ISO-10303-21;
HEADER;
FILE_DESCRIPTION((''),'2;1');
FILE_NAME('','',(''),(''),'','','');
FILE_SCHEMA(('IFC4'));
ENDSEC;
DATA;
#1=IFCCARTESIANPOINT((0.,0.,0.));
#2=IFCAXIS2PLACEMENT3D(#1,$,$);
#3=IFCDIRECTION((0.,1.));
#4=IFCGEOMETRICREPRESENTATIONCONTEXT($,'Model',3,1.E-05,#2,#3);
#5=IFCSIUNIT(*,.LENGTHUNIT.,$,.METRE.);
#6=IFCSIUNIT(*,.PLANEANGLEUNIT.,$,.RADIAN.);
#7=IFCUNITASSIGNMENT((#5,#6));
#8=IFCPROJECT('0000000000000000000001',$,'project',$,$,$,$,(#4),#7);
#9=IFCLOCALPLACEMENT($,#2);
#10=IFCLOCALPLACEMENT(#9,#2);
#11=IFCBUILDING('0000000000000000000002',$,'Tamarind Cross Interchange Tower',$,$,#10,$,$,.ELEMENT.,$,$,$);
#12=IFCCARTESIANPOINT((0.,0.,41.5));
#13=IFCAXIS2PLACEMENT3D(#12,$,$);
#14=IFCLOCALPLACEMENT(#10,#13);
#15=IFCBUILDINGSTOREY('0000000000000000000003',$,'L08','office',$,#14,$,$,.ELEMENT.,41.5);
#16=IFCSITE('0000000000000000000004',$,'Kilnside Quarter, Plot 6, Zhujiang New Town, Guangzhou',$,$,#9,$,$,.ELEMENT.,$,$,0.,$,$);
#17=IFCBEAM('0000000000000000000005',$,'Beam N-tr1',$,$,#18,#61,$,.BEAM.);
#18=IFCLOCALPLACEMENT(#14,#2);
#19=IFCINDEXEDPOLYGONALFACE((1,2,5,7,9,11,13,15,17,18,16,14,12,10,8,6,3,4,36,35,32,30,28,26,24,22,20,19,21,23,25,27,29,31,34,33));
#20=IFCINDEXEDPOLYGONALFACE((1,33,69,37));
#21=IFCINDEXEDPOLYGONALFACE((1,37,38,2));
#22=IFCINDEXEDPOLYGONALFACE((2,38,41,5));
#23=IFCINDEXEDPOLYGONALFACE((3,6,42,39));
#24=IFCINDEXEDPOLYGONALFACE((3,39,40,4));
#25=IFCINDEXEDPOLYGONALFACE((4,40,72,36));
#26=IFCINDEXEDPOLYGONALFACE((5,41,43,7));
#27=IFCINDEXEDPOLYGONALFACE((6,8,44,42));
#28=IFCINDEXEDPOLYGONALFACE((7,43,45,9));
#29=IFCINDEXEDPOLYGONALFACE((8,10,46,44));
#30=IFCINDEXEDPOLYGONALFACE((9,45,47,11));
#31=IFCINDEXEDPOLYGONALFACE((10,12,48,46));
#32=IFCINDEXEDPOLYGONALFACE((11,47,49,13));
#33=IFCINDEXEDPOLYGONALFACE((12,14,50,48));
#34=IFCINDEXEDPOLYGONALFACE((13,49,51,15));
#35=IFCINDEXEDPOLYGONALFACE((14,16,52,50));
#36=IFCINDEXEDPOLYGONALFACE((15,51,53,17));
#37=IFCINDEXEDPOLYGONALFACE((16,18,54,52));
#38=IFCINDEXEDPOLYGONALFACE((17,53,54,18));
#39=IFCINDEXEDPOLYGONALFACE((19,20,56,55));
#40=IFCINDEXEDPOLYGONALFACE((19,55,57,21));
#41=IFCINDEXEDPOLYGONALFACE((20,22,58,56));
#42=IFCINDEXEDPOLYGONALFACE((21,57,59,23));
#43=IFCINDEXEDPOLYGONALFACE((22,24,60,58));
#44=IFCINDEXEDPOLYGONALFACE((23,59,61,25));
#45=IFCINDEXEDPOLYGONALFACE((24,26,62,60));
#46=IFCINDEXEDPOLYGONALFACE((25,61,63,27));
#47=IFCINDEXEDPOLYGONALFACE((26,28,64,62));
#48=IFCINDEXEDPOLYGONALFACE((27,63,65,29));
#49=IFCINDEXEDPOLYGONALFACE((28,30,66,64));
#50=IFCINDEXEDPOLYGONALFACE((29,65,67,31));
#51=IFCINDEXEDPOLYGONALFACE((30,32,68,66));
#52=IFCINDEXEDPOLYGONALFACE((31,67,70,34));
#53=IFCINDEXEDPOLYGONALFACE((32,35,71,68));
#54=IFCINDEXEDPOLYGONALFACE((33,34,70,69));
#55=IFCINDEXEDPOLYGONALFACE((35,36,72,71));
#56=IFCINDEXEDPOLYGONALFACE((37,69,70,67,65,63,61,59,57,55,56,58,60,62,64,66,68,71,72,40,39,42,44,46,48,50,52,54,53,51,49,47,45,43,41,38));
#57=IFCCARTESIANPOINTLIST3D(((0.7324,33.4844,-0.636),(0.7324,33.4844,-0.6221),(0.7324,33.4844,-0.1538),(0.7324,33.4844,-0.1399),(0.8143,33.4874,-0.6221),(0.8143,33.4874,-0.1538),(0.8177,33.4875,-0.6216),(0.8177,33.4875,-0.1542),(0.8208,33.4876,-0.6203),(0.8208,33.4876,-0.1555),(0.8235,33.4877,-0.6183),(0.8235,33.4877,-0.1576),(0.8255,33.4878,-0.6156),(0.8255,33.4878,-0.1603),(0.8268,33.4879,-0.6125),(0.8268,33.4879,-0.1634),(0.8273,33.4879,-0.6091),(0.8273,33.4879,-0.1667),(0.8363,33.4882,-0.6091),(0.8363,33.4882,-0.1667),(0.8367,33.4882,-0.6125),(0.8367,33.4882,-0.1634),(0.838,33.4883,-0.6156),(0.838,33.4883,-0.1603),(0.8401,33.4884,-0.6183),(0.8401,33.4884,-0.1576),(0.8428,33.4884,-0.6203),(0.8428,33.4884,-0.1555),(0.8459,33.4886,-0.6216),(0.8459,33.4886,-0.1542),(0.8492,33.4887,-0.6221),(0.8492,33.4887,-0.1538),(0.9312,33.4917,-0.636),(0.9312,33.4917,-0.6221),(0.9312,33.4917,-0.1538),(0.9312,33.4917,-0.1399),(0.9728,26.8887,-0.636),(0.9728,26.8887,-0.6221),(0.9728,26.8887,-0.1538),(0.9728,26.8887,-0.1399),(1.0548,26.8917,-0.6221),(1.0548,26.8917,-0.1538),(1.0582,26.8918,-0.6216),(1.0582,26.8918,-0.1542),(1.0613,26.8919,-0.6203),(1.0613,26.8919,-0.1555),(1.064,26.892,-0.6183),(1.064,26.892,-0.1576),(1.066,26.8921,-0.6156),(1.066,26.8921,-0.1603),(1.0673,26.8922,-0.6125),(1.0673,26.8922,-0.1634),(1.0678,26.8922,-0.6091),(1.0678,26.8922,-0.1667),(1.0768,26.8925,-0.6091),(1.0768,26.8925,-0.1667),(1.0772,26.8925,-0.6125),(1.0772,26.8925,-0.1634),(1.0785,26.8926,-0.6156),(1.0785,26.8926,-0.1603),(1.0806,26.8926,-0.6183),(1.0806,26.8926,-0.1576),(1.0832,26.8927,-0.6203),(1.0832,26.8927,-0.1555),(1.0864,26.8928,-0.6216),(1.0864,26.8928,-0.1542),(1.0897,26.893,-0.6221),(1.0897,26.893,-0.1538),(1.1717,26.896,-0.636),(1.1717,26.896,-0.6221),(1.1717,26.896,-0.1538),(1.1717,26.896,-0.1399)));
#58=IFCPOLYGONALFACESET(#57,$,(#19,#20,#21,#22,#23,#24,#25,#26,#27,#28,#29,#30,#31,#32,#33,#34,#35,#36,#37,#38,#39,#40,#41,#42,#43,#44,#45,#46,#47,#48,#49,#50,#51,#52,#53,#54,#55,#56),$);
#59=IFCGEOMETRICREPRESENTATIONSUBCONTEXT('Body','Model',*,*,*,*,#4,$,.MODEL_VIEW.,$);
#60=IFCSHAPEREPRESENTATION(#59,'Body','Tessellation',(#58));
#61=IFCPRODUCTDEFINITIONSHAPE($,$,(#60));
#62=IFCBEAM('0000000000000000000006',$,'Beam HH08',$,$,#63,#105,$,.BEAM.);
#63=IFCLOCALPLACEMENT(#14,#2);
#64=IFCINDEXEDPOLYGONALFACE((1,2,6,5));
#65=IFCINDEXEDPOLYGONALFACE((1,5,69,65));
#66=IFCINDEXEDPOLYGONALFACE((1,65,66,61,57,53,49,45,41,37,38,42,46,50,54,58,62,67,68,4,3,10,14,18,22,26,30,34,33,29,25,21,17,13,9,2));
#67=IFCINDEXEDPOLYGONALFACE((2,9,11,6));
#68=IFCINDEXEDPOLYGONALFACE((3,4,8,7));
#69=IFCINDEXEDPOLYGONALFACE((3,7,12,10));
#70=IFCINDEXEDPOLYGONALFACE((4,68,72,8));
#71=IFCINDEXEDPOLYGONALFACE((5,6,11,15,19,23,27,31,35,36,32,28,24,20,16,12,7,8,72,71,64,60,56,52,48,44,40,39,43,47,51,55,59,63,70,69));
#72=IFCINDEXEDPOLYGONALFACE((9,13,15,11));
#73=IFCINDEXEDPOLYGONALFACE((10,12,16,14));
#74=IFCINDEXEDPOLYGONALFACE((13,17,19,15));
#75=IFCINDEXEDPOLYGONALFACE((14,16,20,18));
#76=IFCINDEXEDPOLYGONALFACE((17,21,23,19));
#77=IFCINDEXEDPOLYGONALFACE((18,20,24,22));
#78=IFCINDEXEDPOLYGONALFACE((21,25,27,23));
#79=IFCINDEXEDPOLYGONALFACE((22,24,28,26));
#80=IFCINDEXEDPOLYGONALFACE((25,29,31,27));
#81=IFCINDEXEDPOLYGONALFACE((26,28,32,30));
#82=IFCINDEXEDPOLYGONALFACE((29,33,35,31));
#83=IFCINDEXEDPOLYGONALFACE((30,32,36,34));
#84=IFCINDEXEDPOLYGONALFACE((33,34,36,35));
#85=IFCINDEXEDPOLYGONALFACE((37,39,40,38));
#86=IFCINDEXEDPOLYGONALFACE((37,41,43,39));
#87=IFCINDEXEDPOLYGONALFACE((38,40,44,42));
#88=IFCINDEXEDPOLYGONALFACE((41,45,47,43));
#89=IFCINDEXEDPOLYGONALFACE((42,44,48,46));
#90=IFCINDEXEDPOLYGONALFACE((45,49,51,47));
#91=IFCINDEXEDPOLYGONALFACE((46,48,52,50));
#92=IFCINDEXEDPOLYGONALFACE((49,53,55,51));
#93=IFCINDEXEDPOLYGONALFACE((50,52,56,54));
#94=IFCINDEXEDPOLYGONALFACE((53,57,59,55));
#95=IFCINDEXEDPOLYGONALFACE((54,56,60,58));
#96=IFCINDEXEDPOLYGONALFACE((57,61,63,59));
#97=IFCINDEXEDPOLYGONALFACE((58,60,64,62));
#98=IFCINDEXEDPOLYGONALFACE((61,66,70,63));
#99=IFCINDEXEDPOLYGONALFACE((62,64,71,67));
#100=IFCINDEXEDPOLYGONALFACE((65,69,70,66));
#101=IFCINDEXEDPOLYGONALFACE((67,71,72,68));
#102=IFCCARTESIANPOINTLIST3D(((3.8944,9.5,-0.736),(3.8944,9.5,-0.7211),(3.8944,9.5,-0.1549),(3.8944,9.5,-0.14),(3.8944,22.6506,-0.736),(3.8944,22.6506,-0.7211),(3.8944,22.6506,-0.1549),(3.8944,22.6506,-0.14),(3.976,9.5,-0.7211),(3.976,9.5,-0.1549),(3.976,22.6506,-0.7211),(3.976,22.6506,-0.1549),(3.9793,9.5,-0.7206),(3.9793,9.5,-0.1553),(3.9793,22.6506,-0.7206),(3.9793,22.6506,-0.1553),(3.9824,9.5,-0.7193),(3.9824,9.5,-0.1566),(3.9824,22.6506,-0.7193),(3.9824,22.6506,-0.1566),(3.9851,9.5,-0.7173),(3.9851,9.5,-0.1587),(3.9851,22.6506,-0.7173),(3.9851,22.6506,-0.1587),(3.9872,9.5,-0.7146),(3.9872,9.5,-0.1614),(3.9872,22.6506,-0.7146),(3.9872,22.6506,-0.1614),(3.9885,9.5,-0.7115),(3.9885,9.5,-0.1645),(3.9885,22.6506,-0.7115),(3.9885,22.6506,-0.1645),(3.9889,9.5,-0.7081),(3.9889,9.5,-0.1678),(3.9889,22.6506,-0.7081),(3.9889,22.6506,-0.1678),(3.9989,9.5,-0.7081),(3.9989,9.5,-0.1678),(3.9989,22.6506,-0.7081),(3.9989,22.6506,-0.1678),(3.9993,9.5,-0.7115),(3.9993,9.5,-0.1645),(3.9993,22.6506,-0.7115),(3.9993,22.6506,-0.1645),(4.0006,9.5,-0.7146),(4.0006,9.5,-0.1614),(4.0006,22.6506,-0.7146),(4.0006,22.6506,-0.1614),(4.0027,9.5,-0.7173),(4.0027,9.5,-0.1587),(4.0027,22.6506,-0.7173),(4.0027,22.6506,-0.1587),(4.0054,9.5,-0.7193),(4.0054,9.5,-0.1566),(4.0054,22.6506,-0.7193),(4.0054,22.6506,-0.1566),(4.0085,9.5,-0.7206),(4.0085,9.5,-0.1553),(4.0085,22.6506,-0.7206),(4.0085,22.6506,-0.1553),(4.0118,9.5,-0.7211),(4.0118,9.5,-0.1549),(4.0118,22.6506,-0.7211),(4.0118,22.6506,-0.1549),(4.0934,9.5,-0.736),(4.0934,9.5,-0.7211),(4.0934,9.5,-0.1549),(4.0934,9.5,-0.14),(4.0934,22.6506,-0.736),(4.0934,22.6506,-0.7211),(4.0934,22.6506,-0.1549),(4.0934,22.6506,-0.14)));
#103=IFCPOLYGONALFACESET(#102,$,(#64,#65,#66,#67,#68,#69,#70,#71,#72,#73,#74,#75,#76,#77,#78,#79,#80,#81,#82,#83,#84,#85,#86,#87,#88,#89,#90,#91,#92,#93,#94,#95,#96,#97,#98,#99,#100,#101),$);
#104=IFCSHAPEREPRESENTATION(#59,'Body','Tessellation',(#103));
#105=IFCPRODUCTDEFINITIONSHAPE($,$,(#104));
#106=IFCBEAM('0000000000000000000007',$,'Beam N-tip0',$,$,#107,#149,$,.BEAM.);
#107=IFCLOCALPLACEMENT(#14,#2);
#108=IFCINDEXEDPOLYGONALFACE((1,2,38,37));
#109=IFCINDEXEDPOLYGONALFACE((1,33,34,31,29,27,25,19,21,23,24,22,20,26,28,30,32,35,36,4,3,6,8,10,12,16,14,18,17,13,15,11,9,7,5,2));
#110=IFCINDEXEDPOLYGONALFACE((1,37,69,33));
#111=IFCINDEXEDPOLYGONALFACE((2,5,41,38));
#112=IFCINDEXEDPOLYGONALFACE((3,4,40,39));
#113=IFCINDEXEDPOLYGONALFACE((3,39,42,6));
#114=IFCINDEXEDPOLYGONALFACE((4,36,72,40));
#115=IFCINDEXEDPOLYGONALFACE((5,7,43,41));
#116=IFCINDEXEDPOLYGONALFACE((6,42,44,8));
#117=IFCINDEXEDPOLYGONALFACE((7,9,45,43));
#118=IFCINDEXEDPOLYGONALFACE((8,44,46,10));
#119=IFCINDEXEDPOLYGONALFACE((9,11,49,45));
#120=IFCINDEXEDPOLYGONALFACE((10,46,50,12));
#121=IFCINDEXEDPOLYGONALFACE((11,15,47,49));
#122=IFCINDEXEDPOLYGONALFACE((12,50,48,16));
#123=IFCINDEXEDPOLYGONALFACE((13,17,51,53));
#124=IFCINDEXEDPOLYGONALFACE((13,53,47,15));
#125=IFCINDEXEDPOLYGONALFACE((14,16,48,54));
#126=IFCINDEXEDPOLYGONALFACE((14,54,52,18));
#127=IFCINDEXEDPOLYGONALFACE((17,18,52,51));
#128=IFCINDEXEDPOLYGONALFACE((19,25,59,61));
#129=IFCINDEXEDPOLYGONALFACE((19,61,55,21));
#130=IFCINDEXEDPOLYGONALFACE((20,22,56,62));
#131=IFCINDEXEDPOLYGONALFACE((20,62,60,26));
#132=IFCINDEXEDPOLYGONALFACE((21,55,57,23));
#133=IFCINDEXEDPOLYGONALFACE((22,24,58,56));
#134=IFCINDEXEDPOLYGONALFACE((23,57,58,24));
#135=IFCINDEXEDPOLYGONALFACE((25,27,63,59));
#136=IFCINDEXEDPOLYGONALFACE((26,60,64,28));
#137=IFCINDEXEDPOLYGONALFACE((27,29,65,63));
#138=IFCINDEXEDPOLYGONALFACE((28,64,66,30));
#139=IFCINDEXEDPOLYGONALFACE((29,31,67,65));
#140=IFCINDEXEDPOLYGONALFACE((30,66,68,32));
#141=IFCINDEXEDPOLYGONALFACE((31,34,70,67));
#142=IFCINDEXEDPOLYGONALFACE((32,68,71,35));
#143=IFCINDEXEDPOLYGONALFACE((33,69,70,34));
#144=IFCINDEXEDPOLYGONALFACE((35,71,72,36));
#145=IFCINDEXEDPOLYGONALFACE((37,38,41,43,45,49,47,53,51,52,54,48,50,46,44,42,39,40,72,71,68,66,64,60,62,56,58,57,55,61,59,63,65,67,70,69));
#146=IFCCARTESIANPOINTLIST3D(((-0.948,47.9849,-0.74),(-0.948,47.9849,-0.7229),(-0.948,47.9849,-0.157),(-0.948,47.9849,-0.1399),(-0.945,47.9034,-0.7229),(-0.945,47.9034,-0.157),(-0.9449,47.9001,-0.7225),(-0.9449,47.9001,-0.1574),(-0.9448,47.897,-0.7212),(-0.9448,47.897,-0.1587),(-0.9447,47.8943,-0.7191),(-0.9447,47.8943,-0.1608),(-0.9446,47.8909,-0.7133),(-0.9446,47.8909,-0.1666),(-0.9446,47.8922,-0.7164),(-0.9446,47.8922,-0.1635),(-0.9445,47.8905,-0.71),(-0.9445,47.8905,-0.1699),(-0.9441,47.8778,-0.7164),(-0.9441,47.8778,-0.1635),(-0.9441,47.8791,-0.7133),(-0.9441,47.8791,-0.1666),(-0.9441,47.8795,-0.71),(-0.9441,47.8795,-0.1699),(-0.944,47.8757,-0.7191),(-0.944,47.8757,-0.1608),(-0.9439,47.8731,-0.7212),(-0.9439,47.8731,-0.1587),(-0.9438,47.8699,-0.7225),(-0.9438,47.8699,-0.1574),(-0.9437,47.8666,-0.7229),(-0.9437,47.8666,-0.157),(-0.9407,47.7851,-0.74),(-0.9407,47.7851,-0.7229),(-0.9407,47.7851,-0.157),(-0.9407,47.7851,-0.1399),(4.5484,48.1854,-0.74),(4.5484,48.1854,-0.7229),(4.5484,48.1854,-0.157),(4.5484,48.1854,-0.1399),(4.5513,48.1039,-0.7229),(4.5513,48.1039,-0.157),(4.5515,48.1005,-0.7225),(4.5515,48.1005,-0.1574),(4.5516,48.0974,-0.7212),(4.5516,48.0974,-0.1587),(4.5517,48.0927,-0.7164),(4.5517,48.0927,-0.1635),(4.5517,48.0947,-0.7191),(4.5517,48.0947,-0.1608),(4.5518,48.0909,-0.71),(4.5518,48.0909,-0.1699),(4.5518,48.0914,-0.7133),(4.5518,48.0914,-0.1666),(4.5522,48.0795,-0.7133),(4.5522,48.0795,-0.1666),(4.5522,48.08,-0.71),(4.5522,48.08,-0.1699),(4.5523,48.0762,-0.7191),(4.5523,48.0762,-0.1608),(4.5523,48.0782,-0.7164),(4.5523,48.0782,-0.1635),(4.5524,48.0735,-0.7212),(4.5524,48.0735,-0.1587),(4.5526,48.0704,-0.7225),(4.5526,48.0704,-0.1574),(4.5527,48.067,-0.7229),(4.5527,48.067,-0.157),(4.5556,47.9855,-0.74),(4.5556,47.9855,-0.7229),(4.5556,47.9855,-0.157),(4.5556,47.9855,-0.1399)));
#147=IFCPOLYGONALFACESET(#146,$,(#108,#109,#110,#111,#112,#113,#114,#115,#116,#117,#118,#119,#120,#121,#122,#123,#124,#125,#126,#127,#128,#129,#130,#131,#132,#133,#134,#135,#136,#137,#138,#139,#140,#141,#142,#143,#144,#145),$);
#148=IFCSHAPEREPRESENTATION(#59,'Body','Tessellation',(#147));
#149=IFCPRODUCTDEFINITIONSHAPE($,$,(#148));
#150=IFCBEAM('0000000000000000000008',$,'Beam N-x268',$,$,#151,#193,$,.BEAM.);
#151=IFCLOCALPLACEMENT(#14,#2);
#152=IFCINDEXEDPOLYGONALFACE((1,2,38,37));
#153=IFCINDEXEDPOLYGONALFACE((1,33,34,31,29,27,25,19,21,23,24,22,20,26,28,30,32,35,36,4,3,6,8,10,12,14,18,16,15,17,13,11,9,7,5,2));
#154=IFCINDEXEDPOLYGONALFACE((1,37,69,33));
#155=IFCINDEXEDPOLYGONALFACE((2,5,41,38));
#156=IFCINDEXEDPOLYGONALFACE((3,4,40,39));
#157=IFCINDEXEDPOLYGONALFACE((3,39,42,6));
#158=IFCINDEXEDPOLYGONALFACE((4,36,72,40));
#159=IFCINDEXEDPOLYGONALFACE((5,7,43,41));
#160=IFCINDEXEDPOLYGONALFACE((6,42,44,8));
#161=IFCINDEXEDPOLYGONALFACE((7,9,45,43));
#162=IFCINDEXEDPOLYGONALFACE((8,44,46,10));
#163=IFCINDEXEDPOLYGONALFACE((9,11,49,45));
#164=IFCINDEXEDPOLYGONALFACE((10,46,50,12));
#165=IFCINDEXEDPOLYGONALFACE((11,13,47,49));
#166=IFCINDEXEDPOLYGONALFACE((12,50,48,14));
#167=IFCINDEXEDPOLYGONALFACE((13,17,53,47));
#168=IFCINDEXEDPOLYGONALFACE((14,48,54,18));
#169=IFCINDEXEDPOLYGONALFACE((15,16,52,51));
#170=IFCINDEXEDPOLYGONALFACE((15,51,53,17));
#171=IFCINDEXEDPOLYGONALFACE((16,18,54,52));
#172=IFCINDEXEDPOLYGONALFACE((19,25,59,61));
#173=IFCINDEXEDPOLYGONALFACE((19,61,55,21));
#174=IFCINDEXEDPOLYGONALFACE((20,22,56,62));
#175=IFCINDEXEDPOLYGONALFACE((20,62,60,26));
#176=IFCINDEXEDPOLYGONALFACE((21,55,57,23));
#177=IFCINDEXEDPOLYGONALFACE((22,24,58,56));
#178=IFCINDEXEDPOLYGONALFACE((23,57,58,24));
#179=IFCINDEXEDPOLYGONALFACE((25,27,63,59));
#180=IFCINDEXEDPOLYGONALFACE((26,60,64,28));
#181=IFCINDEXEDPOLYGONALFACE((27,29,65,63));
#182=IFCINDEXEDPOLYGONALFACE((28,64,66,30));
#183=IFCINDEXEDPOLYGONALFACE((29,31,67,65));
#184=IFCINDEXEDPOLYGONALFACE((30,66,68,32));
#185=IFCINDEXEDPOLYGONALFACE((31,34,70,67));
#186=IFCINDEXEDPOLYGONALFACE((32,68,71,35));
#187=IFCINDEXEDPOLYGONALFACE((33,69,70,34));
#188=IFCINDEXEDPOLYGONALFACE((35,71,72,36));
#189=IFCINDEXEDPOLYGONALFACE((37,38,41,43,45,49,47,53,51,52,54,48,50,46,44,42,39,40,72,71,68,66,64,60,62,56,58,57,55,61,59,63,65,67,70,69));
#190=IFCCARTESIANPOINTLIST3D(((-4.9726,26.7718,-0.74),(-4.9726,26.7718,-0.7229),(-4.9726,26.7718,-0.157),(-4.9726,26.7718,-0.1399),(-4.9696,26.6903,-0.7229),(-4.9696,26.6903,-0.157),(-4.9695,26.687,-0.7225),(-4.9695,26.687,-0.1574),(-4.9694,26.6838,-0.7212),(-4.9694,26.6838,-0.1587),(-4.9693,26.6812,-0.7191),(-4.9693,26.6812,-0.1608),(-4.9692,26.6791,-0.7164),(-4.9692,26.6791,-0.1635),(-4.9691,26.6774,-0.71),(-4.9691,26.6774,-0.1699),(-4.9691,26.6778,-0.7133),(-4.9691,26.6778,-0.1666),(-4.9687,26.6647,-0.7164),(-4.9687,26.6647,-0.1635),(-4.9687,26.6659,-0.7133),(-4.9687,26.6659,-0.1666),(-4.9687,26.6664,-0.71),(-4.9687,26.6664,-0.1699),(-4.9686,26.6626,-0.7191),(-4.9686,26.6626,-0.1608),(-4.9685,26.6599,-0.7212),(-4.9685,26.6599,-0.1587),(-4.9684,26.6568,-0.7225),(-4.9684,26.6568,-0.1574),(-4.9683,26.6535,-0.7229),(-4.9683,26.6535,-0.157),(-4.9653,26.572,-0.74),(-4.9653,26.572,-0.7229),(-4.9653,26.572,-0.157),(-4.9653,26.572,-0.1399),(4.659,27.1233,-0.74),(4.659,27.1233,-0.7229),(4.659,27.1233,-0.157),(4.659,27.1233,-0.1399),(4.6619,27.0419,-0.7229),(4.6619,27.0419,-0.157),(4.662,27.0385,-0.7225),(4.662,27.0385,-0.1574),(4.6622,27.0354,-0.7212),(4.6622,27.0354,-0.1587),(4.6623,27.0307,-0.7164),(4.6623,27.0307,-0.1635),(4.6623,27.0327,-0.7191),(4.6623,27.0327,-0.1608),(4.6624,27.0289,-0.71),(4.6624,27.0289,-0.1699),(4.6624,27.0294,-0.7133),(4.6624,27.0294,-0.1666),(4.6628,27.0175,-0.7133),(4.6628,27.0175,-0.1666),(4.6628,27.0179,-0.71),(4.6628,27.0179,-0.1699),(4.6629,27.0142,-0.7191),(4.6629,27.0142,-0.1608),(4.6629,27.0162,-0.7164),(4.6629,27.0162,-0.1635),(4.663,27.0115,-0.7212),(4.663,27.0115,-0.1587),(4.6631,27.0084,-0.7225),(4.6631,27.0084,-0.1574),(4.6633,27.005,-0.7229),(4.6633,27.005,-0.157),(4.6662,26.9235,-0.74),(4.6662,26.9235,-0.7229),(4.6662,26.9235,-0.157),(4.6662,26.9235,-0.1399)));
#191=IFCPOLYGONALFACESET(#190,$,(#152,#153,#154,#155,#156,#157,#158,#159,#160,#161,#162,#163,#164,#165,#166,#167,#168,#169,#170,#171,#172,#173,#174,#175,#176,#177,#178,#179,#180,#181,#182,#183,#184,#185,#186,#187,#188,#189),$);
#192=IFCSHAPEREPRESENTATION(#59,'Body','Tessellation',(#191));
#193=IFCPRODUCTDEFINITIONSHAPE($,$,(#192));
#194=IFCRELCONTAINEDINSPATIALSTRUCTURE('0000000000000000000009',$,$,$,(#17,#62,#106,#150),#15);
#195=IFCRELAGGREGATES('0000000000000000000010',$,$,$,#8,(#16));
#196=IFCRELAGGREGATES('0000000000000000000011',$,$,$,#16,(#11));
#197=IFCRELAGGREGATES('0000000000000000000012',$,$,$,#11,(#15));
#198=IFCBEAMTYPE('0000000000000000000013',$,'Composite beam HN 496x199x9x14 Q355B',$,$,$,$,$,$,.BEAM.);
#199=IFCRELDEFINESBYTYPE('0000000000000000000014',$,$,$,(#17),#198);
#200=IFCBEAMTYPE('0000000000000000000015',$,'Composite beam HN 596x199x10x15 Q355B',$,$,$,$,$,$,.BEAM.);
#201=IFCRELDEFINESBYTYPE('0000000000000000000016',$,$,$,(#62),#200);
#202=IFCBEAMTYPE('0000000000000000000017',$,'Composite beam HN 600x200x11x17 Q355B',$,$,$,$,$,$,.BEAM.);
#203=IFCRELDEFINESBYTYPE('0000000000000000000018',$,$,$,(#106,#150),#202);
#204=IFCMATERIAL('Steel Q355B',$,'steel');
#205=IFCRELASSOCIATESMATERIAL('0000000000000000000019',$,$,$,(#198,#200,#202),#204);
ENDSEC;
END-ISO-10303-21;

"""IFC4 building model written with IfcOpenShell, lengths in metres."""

from ifc_helpers import new_model, si_unit, direction, frame, origin, origin_2d, place, context, subcontext, project, spatial, i_section, extrude, material, material_profile, profile_set, type_object, element, save


model = new_model("IFC4")

# Units and contexts
model_context = context("Model", 3, precision=1e-05, world=origin(), true_north=direction((0.0, 1.0)))
body_context = subcontext(model_context, "Body", "Model", "MODEL_VIEW")
ifc_project = project(units=[si_unit("LENGTHUNIT", "METRE"), si_unit("PLANEANGLEUNIT", "RADIAN")], contexts=[model_context])

# Site, building, storey
site_placement = place(None, origin())
site = spatial("IfcSite", under=ifc_project, at=site_placement, Name="Kilnside Quarter, Plot 6, Zhujiang New Town, Guangzhou", CompositionType="ELEMENT", RefElevation=0.0)
building_placement = place(site_placement, origin())
building = spatial("IfcBuilding", under=site, at=building_placement, Name="Tamarind Cross Interchange Tower", CompositionType="ELEMENT")
storey_placement = place(building_placement, frame((0.0, 0.0, 41.5)))
storey = spatial("IfcBuildingStorey", under=building, at=storey_placement, Name="L08", Description="office", CompositionType="ELEMENT", Elevation=41.5)

# Beams
ifc_material_1 = material(Name="Steel Q355B", Category="steel")
ifc_material_profile_1 = material_profile(ifc_material_1, i_section(OverallWidth=0.199, OverallDepth=0.4961, WebThickness=0.009, FlangeThickness=0.0139, FilletRadius=0.0129, at=origin_2d()), Name="HN 496x199x9x14")
ifc_profile_set_1 = profile_set([ifc_material_profile_1], Name="Steel Q355B")
beam_type_1 = type_object("IfcBeamType", Name="Composite beam HN 496x199x9x14 Q355B", PredefinedType="BEAM", material=ifc_profile_set_1)
beam_1_placement = place(storey_placement, frame((1.0723, 26.8923, -0.3879), z_axis=(-0.036436, 0.999336, 0.0), x_axis=(-0.999336, -0.036436, 0.0)))
element("IfcBeam", 1, at=beam_1_placement, inside=storey, type_object=beam_type_1, Name="Beam N-tr1", PredefinedType="BEAM", context=body_context, shape_type="SweptSolid", body=[
    extrude(i_section(OverallWidth=0.199, OverallDepth=0.4961, WebThickness=0.009, FlangeThickness=0.0139, FilletRadius=0.0129, at=origin_2d()), origin(), (0.0, 0.0, 1.0), 6.6001),
])
ifc_material_profile_2 = material_profile(ifc_material_1, i_section(OverallWidth=0.199, OverallDepth=0.5959, WebThickness=0.01, FlangeThickness=0.0149, FilletRadius=0.0129, at=origin_2d()), Name="HN 596x199x10x15")
ifc_profile_set_2 = profile_set([ifc_material_profile_2], Name="Steel Q355B")
beam_type_2 = type_object("IfcBeamType", Name="Composite beam HN 596x199x10x15 Q355B", PredefinedType="BEAM", material=ifc_profile_set_2)
beam_2_placement = place(storey_placement, frame((3.9939, 22.6506, -0.438), z_axis=(0.0, -1.0, 0.0), x_axis=(1.0, 0.0, 0.0)))
element("IfcBeam", 2, at=beam_2_placement, inside=storey, type_object=beam_type_2, Name="Beam HH08", PredefinedType="BEAM", context=body_context, shape_type="SweptSolid", body=[
    extrude(i_section(OverallWidth=0.199, OverallDepth=0.5959, WebThickness=0.01, FlangeThickness=0.0149, FilletRadius=0.0129, at=origin_2d()), origin(), (0.0, 0.0, 1.0), 13.1506),
])
ifc_material_profile_3 = material_profile(ifc_material_1, i_section(OverallWidth=0.2, OverallDepth=0.6001, WebThickness=0.011, FlangeThickness=0.0171, FilletRadius=0.0129, at=origin_2d()), Name="HN 600x200x11x17")
ifc_profile_set_3 = profile_set([ifc_material_profile_3], Name="Steel Q355B")
beam_type_3 = type_object("IfcBeamType", Name="Composite beam HN 600x200x11x17 Q355B", PredefinedType="BEAM", material=ifc_profile_set_3)
beam_3_placement = place(storey_placement, frame((4.552, 48.0854, -0.4399), z_axis=(-0.999336, -0.036444, 0.0), x_axis=(0.036444, -0.999336, 0.0)))
element("IfcBeam", 3, at=beam_3_placement, inside=storey, type_object=beam_type_3, Name="Beam N-tip0", PredefinedType="BEAM", context=body_context, shape_type="SweptSolid", body=[
    extrude(i_section(OverallWidth=0.2, OverallDepth=0.6001, WebThickness=0.011, FlangeThickness=0.0171, FilletRadius=0.0129, at=origin_2d()), origin(), (0.0, 0.0, 1.0), 5.5),
])
beam_4_placement = place(storey_placement, frame((4.6626, 27.0234, -0.4399), z_axis=(-0.999335, -0.036477, 0.0), x_axis=(0.036477, -0.999335, 0.0)))
element("IfcBeam", 4, at=beam_4_placement, inside=storey, type_object=beam_type_3, Name="Beam N-x268", PredefinedType="BEAM", context=body_context, shape_type="SweptSolid", body=[
    extrude(i_section(OverallWidth=0.2, OverallDepth=0.6001, WebThickness=0.011, FlangeThickness=0.0171, FilletRadius=0.0129, at=origin_2d()), origin(), (0.0, 0.0, 1.0), 9.6379),
])

save(model, "model.ifc")
